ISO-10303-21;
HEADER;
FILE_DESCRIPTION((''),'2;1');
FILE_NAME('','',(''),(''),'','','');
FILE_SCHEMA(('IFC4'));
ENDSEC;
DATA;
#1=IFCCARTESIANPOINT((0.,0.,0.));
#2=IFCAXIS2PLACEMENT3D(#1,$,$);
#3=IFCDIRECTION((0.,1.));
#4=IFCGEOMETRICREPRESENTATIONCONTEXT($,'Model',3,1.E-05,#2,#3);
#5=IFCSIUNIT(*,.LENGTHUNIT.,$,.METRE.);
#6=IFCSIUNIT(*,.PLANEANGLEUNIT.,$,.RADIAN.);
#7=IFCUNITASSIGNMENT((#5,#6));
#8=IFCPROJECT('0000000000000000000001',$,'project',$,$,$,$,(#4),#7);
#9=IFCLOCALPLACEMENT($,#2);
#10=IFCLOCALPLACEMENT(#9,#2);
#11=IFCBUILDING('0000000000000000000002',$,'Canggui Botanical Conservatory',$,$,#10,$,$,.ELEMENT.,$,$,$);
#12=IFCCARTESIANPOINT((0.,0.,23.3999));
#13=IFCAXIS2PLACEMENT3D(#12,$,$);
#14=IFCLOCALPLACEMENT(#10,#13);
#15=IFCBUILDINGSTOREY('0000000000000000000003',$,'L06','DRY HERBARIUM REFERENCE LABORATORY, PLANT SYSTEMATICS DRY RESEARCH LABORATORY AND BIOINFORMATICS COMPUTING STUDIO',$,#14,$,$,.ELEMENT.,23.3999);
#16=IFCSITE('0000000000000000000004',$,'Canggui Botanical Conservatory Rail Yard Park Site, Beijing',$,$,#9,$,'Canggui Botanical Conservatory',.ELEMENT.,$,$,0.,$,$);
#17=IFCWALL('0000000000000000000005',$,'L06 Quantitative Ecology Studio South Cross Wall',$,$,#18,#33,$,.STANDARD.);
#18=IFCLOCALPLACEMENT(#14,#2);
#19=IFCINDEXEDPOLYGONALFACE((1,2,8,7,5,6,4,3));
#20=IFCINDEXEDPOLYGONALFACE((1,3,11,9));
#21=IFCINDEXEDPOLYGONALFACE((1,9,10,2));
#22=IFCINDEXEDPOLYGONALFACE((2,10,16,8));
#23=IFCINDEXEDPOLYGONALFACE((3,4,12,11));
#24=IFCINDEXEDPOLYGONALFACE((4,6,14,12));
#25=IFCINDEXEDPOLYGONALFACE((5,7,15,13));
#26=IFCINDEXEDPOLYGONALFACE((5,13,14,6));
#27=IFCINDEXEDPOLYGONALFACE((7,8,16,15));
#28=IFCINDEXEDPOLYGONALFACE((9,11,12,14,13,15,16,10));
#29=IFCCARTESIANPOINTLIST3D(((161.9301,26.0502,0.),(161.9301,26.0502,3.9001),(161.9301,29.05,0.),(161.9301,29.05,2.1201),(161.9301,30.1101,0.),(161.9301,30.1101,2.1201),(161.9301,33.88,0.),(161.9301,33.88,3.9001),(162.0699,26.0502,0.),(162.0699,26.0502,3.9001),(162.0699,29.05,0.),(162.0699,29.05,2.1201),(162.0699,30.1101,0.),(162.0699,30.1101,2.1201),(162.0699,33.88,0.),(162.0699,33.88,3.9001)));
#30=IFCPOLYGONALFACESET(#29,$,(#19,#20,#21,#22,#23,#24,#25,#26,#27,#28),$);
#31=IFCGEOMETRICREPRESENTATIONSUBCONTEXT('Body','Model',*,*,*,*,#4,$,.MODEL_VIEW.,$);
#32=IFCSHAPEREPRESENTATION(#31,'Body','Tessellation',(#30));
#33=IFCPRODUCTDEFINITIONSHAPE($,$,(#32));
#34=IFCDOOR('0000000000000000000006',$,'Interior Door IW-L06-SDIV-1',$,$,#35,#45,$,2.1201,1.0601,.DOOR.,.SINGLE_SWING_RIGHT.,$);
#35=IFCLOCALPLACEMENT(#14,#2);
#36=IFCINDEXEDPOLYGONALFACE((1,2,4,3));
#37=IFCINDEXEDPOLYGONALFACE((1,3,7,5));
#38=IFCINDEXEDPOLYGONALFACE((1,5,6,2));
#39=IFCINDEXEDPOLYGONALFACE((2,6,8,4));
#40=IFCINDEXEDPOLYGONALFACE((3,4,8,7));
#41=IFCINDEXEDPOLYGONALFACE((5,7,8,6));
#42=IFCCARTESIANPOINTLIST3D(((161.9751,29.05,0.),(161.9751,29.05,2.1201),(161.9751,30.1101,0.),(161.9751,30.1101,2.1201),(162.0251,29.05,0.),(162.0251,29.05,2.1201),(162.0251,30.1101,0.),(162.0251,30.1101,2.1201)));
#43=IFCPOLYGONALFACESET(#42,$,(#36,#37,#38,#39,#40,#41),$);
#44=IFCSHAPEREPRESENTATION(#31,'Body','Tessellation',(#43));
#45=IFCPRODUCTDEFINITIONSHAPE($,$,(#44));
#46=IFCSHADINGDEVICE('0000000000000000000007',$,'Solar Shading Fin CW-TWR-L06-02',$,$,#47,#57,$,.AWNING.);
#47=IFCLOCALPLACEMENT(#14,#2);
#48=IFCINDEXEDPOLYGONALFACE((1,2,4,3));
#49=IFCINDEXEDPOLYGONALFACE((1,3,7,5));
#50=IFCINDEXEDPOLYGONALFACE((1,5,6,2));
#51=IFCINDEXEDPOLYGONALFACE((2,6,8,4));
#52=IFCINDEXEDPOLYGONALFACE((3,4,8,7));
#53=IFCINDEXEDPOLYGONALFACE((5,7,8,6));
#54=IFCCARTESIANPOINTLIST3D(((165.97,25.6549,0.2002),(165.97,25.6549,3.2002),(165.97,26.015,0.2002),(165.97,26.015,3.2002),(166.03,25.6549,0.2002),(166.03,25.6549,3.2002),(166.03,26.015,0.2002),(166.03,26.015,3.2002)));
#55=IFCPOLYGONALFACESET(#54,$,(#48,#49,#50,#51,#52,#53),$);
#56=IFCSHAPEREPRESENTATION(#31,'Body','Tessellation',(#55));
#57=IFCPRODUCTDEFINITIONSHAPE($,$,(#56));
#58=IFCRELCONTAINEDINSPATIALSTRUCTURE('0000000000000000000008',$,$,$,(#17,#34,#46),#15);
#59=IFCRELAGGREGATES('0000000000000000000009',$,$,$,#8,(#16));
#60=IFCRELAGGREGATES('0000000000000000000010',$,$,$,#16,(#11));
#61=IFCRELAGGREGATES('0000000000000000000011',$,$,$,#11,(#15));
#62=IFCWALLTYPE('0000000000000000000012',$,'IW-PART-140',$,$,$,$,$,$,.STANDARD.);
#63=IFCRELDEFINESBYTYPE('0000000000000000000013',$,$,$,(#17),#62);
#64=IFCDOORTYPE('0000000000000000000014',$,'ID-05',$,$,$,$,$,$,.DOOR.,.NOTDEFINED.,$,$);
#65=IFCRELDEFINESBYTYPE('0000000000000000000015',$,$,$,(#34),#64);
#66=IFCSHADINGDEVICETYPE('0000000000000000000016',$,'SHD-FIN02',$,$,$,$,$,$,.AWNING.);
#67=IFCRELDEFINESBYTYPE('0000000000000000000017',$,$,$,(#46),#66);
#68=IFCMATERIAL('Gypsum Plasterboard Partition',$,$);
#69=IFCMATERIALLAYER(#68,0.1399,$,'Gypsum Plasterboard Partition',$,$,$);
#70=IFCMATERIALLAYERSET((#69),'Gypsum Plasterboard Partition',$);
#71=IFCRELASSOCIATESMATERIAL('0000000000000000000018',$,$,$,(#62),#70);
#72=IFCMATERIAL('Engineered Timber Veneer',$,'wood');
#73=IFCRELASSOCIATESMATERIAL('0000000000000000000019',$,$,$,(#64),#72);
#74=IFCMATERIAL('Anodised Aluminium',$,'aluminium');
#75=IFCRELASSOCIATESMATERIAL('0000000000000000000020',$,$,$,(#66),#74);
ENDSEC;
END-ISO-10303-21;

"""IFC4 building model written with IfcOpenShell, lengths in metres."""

from ifc_helpers import new_model, si_unit, direction, frame, frame_2d, origin, origin_2d, place, context, subcontext, project, spatial, rectangle, extrude, material, layer, layer_set, type_object, element, fill, save


model = new_model("IFC4")

# Units and contexts
model_context = context("Model", 3, precision=1e-05, world=origin(), true_north=direction((0.0, 1.0)))
body_context = subcontext(model_context, "Body", "Model", "MODEL_VIEW")
ifc_project = project(units=[si_unit("LENGTHUNIT", "METRE"), si_unit("PLANEANGLEUNIT", "RADIAN")], contexts=[model_context])

# Site, building, storey
site_placement = place(None, origin())
site = spatial("IfcSite", under=ifc_project, at=site_placement, Name="Canggui Botanical Conservatory Rail Yard Park Site, Beijing", LongName="Canggui Botanical Conservatory", CompositionType="ELEMENT", RefElevation=0.0)
building_placement = place(site_placement, origin())
building = spatial("IfcBuilding", under=site, at=building_placement, Name="Canggui Botanical Conservatory", CompositionType="ELEMENT")
storey_placement = place(building_placement, frame((0.0, 0.0, 23.3999)))
storey = spatial("IfcBuildingStorey", under=building, at=storey_placement, Name="L06", Description="DRY HERBARIUM REFERENCE LABORATORY, PLANT SYSTEMATICS DRY RESEARCH LABORATORY AND BIOINFORMATICS COMPUTING STUDIO", CompositionType="ELEMENT", Elevation=23.3999)

# Wall, opening, door
ifc_material_1 = material(Name="Gypsum Plasterboard Partition")
ifc_layer_1 = layer(ifc_material_1, 0.1399, Name="Gypsum Plasterboard Partition")
ifc_layer_set_1 = layer_set([ifc_layer_1], Name="Gypsum Plasterboard Partition")
wall_type_1 = type_object("IfcWallType", Name="IW-PART-140", PredefinedType="STANDARD", material=ifc_layer_set_1)
wall_1_placement = place(storey_placement, frame((162.0, 26.05, 0.0), z_axis=(0.0, 0.0, 1.0), x_axis=(0.0, 1.0, 0.0)))
wall_1 = element("IfcWall", 1, at=wall_1_placement, inside=storey, type_object=wall_type_1, Name="L06 Quantitative Ecology Studio South Cross Wall", PredefinedType="STANDARD", context=body_context, shape_type="SweptSolid", body=[
    extrude(rectangle(XDim=7.8298, YDim=0.1399, at=frame_2d((3.915, 0.0))), origin(), (0.0, 0.0, 1.0), 3.9001),
])
opening_1_placement = place(wall_1_placement, frame((3.0, 0.0, 0.0)))
opening_1 = element("IfcOpeningElement", 2, at=opening_1_placement, cuts=wall_1, PredefinedType="OPENING", context=body_context, shape_type="SweptSolid", body=[
    extrude(rectangle(XDim=1.0601, YDim=2.1201, at=frame_2d((0.53, 1.0601))), frame((0.0, 0.0801, 0.0), z_axis=(0.0, -1.0, 0.0), x_axis=(1.0, 0.0, 0.0)), (0.0, 0.0, 1.0), 0.1599),
])
ifc_material_2 = material(Name="Engineered Timber Veneer", Category="wood")
door_type = type_object("IfcDoorType", Name="ID-05", OperationType="NOTDEFINED", PredefinedType="DOOR", material=ifc_material_2)
door_placement = place(opening_1_placement, origin())
door = element("IfcDoor", 3, at=door_placement, inside=storey, type_object=door_type, Name="Interior Door IW-L06-SDIV-1", OperationType="SINGLE_SWING_RIGHT", OverallHeight=2.1201, OverallWidth=1.0601, PredefinedType="DOOR", context=body_context, shape_type="SweptSolid", body=[
    extrude(rectangle(XDim=1.0601, YDim=2.1201, at=frame_2d((0.53, 1.0601))), frame((0.0, 0.0249, 0.0), z_axis=(0.0, -1.0, 0.0), x_axis=(1.0, 0.0, 0.0)), (0.0, 0.0, 1.0), 0.05),
])
fill(opening_1, door)

# Shading device
ifc_material_3 = material(Name="Anodised Aluminium", Category="aluminium")
shading_device_type = type_object("IfcShadingDeviceType", Name="SHD-FIN02", PredefinedType="AWNING", material=ifc_material_3)
shading_device_placement = place(storey_placement, frame((166.0, 25.835, 0.2002), z_axis=(0.0, 0.0, 1.0), x_axis=(-1.0, 0.0, 0.0)))
element("IfcShadingDevice", 4, at=shading_device_placement, inside=storey, type_object=shading_device_type, Name="Solar Shading Fin CW-TWR-L06-02", PredefinedType="AWNING", context=body_context, shape_type="SweptSolid", body=[
    extrude(rectangle(XDim=0.0601, YDim=0.3601, at=origin_2d()), origin(), (0.0, 0.0, 1.0), 3.0),
])

save(model, "model.ifc")
